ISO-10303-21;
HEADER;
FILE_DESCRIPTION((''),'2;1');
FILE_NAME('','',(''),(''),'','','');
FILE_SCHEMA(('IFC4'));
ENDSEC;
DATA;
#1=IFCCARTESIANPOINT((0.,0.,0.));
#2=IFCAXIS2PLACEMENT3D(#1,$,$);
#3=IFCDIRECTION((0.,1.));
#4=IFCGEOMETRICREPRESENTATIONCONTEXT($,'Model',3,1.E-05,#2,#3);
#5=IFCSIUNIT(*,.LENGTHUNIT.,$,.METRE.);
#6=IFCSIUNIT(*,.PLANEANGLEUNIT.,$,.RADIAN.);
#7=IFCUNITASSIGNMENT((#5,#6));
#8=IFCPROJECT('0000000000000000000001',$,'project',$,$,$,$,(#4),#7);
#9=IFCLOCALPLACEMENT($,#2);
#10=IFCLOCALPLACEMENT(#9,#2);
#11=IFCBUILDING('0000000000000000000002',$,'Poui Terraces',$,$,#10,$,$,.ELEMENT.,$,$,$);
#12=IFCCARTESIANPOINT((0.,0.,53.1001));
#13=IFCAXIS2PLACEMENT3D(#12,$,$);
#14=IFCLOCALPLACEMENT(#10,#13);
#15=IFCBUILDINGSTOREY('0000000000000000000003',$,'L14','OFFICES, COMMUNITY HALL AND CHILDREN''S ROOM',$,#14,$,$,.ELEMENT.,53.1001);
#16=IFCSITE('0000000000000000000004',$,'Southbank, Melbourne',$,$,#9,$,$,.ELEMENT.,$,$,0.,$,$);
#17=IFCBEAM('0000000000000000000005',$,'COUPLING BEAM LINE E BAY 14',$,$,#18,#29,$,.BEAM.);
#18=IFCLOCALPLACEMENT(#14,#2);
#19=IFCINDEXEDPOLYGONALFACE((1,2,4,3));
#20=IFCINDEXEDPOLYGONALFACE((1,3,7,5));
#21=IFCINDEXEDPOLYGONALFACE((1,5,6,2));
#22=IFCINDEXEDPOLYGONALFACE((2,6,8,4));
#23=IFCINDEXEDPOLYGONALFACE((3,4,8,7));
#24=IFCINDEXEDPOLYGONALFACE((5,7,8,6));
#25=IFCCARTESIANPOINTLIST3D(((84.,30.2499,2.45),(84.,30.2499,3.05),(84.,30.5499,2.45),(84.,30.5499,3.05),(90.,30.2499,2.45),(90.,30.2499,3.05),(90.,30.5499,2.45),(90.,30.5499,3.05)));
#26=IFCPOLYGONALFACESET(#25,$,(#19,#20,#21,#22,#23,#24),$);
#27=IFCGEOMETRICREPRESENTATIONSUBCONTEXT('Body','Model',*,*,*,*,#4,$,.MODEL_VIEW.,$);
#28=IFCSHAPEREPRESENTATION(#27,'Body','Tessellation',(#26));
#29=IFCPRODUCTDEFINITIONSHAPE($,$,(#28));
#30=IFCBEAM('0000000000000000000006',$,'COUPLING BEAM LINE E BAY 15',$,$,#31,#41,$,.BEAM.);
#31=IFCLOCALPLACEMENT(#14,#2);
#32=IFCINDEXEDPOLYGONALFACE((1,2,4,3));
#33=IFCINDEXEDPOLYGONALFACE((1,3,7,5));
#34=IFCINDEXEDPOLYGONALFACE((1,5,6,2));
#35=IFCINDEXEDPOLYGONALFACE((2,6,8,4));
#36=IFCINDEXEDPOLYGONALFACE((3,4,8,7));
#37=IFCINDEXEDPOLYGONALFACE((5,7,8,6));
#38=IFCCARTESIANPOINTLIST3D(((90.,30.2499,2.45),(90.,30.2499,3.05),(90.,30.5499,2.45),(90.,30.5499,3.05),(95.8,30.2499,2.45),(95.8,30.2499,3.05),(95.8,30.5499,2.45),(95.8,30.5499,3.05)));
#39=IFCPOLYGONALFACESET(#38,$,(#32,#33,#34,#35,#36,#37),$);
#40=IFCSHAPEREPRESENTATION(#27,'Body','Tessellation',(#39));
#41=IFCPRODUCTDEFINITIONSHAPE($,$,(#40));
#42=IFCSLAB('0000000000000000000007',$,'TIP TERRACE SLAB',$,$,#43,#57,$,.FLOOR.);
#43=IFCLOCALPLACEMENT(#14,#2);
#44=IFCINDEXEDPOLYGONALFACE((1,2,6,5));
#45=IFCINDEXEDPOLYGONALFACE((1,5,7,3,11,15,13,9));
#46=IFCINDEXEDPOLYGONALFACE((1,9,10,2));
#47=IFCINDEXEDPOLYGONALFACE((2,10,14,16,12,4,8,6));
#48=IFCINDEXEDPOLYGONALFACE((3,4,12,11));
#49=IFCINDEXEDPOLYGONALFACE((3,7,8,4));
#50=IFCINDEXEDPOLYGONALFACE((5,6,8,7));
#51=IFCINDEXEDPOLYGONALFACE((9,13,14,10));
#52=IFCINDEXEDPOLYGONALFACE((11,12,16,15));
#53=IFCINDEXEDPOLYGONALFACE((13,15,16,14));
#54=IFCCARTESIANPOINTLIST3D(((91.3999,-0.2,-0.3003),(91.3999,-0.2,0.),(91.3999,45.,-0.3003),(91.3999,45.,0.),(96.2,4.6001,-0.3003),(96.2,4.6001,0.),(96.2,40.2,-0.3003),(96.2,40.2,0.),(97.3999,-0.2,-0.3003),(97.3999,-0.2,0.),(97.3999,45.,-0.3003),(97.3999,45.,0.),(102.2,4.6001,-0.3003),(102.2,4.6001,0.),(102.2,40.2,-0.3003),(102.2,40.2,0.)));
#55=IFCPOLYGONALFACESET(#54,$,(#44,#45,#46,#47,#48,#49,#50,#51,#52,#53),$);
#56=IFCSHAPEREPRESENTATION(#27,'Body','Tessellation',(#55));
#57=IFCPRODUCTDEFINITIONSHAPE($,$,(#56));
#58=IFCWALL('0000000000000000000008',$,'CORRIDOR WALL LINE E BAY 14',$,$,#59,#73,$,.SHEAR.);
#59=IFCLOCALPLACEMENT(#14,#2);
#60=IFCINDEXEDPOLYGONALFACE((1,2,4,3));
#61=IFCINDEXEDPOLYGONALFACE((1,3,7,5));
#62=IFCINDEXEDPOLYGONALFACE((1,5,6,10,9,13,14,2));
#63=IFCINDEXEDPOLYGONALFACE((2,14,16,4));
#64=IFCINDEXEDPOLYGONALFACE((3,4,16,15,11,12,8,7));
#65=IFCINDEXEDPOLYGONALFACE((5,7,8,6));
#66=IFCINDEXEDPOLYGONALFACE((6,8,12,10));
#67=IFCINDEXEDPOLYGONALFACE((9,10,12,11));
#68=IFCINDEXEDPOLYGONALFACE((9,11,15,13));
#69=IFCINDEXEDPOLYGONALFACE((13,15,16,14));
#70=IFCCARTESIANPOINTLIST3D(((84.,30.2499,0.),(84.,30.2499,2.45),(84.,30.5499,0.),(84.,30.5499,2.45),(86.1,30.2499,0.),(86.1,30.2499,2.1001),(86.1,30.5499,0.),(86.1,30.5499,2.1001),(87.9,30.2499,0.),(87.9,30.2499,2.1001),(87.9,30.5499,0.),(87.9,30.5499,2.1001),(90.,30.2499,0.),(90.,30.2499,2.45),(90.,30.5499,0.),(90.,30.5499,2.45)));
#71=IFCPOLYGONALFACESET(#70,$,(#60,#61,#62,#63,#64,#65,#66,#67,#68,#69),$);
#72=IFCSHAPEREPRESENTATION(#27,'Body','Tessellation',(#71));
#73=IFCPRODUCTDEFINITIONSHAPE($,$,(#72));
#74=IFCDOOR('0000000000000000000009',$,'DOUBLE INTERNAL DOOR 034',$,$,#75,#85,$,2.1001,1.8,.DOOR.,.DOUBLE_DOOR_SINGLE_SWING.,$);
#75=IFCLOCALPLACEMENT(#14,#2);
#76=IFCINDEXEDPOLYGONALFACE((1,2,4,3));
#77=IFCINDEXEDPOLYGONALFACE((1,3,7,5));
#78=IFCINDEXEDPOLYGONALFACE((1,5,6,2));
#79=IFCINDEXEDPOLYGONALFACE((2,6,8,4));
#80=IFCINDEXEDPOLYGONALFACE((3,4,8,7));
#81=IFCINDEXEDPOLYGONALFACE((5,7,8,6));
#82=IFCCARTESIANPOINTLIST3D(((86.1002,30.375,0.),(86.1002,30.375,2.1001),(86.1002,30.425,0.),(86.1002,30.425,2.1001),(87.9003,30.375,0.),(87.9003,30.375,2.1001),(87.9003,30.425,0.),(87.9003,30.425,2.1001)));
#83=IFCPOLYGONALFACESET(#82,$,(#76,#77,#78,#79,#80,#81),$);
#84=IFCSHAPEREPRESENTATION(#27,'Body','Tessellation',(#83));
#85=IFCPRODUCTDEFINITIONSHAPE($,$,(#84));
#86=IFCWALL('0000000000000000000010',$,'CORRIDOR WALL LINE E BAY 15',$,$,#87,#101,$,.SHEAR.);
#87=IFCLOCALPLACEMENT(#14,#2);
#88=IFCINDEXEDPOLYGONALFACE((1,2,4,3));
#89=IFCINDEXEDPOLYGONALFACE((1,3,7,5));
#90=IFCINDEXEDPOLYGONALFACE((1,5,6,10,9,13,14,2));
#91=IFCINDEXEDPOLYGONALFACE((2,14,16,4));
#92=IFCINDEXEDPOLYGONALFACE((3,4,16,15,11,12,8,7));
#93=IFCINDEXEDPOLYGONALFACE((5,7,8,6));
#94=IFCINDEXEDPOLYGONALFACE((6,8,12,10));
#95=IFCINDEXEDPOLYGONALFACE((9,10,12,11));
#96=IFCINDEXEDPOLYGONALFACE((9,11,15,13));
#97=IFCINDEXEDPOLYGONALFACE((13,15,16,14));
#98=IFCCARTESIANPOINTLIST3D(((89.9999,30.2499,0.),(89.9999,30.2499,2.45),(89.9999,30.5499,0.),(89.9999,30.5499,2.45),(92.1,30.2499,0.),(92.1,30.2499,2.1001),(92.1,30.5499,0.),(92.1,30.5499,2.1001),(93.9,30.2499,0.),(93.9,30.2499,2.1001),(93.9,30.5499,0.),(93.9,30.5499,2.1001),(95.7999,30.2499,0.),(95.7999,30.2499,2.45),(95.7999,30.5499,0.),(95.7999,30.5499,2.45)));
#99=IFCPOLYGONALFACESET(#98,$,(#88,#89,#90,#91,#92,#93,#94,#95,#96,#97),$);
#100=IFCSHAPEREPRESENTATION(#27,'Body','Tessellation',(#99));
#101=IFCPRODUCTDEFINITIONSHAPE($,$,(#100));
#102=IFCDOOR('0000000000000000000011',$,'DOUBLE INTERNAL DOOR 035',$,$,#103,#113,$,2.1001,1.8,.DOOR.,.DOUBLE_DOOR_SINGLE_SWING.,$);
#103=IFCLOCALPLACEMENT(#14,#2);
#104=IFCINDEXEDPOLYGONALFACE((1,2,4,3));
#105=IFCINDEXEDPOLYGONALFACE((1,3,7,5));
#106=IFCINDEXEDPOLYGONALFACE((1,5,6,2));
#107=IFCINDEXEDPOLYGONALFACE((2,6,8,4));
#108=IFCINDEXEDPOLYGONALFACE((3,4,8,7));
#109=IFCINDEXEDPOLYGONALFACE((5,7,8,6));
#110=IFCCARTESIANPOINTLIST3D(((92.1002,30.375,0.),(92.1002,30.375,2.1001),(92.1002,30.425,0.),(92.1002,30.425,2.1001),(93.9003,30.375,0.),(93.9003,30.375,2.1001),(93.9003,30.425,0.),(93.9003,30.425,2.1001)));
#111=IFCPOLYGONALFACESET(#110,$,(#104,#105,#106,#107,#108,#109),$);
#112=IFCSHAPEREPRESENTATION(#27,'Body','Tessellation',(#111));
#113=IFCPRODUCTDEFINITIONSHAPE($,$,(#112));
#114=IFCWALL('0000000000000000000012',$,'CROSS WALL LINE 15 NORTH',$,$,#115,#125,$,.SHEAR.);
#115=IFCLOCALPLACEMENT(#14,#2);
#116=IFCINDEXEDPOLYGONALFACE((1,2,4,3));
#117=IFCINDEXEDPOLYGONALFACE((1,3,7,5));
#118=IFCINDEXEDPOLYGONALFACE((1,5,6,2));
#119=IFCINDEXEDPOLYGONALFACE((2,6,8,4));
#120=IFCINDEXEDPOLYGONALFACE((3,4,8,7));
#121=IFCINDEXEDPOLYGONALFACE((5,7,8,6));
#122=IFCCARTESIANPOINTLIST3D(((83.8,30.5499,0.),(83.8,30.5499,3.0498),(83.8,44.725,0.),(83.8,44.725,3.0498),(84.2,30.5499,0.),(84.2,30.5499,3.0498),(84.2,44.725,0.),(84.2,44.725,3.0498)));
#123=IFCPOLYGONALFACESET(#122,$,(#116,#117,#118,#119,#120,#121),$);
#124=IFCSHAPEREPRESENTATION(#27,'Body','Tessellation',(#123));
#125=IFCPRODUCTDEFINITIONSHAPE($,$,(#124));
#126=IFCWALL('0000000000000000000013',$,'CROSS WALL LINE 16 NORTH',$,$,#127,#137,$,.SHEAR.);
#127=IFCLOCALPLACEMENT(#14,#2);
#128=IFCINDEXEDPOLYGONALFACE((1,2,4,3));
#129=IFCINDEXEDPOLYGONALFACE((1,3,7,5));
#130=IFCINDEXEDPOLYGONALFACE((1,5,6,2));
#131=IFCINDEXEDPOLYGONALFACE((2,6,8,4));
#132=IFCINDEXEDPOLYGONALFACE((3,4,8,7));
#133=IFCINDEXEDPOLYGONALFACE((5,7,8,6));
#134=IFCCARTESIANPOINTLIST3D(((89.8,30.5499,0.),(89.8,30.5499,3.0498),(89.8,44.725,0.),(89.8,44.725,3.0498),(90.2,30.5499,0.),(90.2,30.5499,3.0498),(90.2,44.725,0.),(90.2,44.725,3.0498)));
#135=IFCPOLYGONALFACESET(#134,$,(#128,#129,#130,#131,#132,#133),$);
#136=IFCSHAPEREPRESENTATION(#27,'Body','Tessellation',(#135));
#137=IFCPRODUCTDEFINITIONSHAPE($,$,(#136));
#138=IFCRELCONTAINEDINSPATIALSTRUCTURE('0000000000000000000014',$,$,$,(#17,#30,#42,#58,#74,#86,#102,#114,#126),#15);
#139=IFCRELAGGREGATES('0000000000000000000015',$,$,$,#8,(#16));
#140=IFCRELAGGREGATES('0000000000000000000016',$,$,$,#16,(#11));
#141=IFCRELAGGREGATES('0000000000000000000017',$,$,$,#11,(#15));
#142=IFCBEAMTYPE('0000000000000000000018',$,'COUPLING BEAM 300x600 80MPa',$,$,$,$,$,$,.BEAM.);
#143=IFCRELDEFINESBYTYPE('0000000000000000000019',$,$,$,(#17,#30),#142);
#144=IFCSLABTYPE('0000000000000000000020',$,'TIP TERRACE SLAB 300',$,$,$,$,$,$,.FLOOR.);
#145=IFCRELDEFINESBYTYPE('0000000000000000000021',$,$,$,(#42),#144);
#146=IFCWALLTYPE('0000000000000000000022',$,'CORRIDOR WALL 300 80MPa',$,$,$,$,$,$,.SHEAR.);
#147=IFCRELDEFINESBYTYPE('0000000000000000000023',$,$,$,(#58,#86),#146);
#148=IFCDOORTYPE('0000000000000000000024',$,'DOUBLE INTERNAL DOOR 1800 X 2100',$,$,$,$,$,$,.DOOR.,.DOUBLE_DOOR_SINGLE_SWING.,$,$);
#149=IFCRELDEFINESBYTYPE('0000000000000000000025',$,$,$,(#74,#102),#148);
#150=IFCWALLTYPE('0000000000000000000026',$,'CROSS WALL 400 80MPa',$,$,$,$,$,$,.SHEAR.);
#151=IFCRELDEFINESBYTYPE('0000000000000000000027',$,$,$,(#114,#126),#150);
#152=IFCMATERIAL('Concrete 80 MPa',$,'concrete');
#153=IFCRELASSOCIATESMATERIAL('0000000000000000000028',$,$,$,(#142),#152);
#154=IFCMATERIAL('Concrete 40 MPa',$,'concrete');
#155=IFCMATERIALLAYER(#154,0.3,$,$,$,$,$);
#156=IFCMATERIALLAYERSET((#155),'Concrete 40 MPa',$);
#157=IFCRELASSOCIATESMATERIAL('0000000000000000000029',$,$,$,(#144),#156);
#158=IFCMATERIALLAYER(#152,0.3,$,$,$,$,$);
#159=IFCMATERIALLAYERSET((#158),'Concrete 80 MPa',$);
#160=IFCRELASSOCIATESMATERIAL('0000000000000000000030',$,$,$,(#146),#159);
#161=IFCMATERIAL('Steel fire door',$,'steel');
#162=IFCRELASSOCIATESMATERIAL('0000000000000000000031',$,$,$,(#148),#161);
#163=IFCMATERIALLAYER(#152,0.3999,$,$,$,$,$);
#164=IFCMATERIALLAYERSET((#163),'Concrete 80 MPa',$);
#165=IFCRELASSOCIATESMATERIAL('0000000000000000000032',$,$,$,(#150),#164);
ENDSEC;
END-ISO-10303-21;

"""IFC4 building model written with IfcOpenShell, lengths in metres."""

from ifc_helpers import new_model, si_unit, direction, frame, frame_2d, origin, origin_2d, place, context, subcontext, project, spatial, polyline, rectangle, outline, extrude, source, transform, mapped, material, layer, layer_set, material_profile, profile_set, type_object, element, fill, save


model = new_model("IFC4")

# Units and contexts
model_context = context("Model", 3, precision=1e-05, world=origin(), true_north=direction((0.0, 1.0)))
body_context = subcontext(model_context, "Body", "Model", "MODEL_VIEW")
ifc_project = project(units=[si_unit("LENGTHUNIT", "METRE"), si_unit("PLANEANGLEUNIT", "RADIAN")], contexts=[model_context])

# Site, building, storey
site_placement = place(None, origin())
site = spatial("IfcSite", under=ifc_project, at=site_placement, Name="Southbank, Melbourne", CompositionType="ELEMENT", RefElevation=0.0)
building_placement = place(site_placement, origin())
building = spatial("IfcBuilding", under=site, at=building_placement, Name="Poui Terraces", CompositionType="ELEMENT")
storey_placement = place(building_placement, frame((0.0, 0.0, 53.1001)))
storey = spatial("IfcBuildingStorey", under=building, at=storey_placement, Name="L14", Description="OFFICES, COMMUNITY HALL AND CHILDREN'S ROOM", CompositionType="ELEMENT", Elevation=53.1001)

# Beams
ifc_material_1 = material(Name="Concrete 80 MPa", Category="concrete")
ifc_material_profile = material_profile(ifc_material_1, rectangle(XDim=0.3, YDim=0.6001, at=origin_2d()), Name="RC 300x600")
ifc_profile_set = profile_set([ifc_material_profile], Name="Concrete 80 MPa")
beam_type = type_object("IfcBeamType", Name="COUPLING BEAM 300x600 80MPa", PredefinedType="BEAM", material=ifc_profile_set)
shared_shape_1 = source(origin(), body_context, "Body", "SweptSolid", [
    extrude(rectangle(XDim=0.3, YDim=0.6001, at=origin_2d()), origin(), (0.0, 0.0, 1.0), 6.0),
])
beam_1_placement = place(storey_placement, frame((84.0, 30.3999, 2.75), z_axis=(1.0, 0.0, 0.0), x_axis=(0.0, 1.0, 0.0)))
element("IfcBeam", 1, at=beam_1_placement, inside=storey, type_object=beam_type, Name="COUPLING BEAM LINE E BAY 14", PredefinedType="BEAM", context=body_context, shape_type="MappedRepresentation", body=[
    mapped(shared_shape_1, transform((0.0, 0.0, 0.0))),
])
shared_shape_2 = source(origin(), body_context, "Body", "SweptSolid", [
    extrude(rectangle(XDim=0.3, YDim=0.6001, at=origin_2d()), origin(), (0.0, 0.0, 1.0), 5.8),
])
beam_2_placement = place(storey_placement, frame((90.0, 30.3999, 2.75), z_axis=(1.0, 0.0, 0.0), x_axis=(0.0, 1.0, 0.0)))
element("IfcBeam", 2, at=beam_2_placement, inside=storey, type_object=beam_type, Name="COUPLING BEAM LINE E BAY 15", PredefinedType="BEAM", context=body_context, shape_type="MappedRepresentation", body=[
    mapped(shared_shape_2, transform((0.0, 0.0, 0.0))),
])

# Slab
ifc_material_2 = material(Name="Concrete 40 MPa", Category="concrete")
ifc_layer_1 = layer(ifc_material_2, 0.3)
ifc_layer_set_1 = layer_set([ifc_layer_1], Name="Concrete 40 MPa")
slab_type = type_object("IfcSlabType", Name="TIP TERRACE SLAB 300", PredefinedType="FLOOR", material=ifc_layer_set_1)
shared_shape_3 = source(origin(), body_context, "Body", "SweptSolid", [
    extrude(outline(polyline([(0.0, 0.0), (-6.0, 0.0), (-1.2, -4.8), (-1.2, -40.3999), (-6.0, -45.2), (0.0, -45.2), (4.8, -40.3999), (4.8, -4.8), (0.0, 0.0)])), origin(), (0.0, 0.0, 1.0), 0.3003),
])
slab_placement = place(storey_placement, frame((97.3999, 45.0, -0.3003)))
element("IfcSlab", 3, at=slab_placement, inside=storey, type_object=slab_type, Name="TIP TERRACE SLAB", PredefinedType="FLOOR", context=body_context, shape_type="MappedRepresentation", body=[
    mapped(shared_shape_3, transform((0.0, 0.0, 0.0))),
])

# Walls, openings, doors
ifc_layer_2 = layer(ifc_material_1, 0.3)
ifc_layer_set_2 = layer_set([ifc_layer_2], Name="Concrete 80 MPa")
wall_type_1 = type_object("IfcWallType", Name="CORRIDOR WALL 300 80MPa", PredefinedType="SHEAR", material=ifc_layer_set_2)
wall_1_placement = place(storey_placement, frame((84.0, 30.3999, 0.0), z_axis=(0.0, 0.0, 1.0), x_axis=(1.0, 0.0, 0.0)))
wall_1 = element("IfcWall", 4, at=wall_1_placement, inside=storey, type_object=wall_type_1, Name="CORRIDOR WALL LINE E BAY 14", PredefinedType="SHEAR", context=body_context, shape_type="SweptSolid", body=[
    extrude(rectangle(XDim=6.0, YDim=0.3, at=frame_2d((3.0, 0.0))), origin(), (0.0, 0.0, 1.0), 2.45),
])
opening_1_placement = place(wall_1_placement, frame((2.1001, 0.0, 0.0)))
opening_1 = element("IfcOpeningElement", 5, at=opening_1_placement, cuts=wall_1, PredefinedType="OPENING", context=body_context, shape_type="SweptSolid", body=[
    extrude(rectangle(XDim=1.8, YDim=2.1001, at=frame_2d((0.8999, 1.05))), frame((0.0, 0.1602, 0.0), z_axis=(0.0, -1.0, 0.0), x_axis=(1.0, 0.0, 0.0)), (0.0, 0.0, 1.0), 0.3201),
])
ifc_material_3 = material(Name="Steel fire door", Category="steel")
door_type = type_object("IfcDoorType", Name="DOUBLE INTERNAL DOOR 1800 X 2100", OperationType="DOUBLE_DOOR_SINGLE_SWING", PredefinedType="DOOR", material=ifc_material_3)
door_1_placement = place(opening_1_placement, frame((1.8, 0.0, 0.0), z_axis=(0.0, 0.0, 1.0), x_axis=(-1.0, 0.0, 0.0)))
door_1 = element("IfcDoor", 6, at=door_1_placement, inside=storey, type_object=door_type, Name="DOUBLE INTERNAL DOOR 034", OperationType="DOUBLE_DOOR_SINGLE_SWING", OverallHeight=2.1001, OverallWidth=1.8, PredefinedType="DOOR", context=body_context, shape_type="SweptSolid", body=[
    extrude(rectangle(XDim=1.8, YDim=2.1001, at=frame_2d((0.8999, 1.05))), frame((0.0, 0.0249, 0.0), z_axis=(0.0, -1.0, 0.0), x_axis=(1.0, 0.0, 0.0)), (0.0, 0.0, 1.0), 0.05),
])
fill(opening_1, door_1)
wall_2_placement = place(storey_placement, frame((90.0, 30.3999, 0.0), z_axis=(0.0, 0.0, 1.0), x_axis=(1.0, 0.0, 0.0)))
wall_2 = element("IfcWall", 7, at=wall_2_placement, inside=storey, type_object=wall_type_1, Name="CORRIDOR WALL LINE E BAY 15", PredefinedType="SHEAR", context=body_context, shape_type="SweptSolid", body=[
    extrude(rectangle(XDim=5.8, YDim=0.3, at=frame_2d((2.8999, 0.0))), origin(), (0.0, 0.0, 1.0), 2.45),
])
opening_2_placement = place(wall_2_placement, frame((2.1001, 0.0, 0.0)))
opening_2 = element("IfcOpeningElement", 8, at=opening_2_placement, cuts=wall_2, PredefinedType="OPENING", context=body_context, shape_type="SweptSolid", body=[
    extrude(rectangle(XDim=1.8, YDim=2.1001, at=frame_2d((0.8999, 1.05))), frame((0.0, 0.1602, 0.0), z_axis=(0.0, -1.0, 0.0), x_axis=(1.0, 0.0, 0.0)), (0.0, 0.0, 1.0), 0.3201),
])
door_2_placement = place(opening_2_placement, frame((1.8, 0.0, 0.0), z_axis=(0.0, 0.0, 1.0), x_axis=(-1.0, 0.0, 0.0)))
door_2 = element("IfcDoor", 9, at=door_2_placement, inside=storey, type_object=door_type, Name="DOUBLE INTERNAL DOOR 035", OperationType="DOUBLE_DOOR_SINGLE_SWING", OverallHeight=2.1001, OverallWidth=1.8, PredefinedType="DOOR", context=body_context, shape_type="SweptSolid", body=[
    extrude(rectangle(XDim=1.8, YDim=2.1001, at=frame_2d((0.8999, 1.05))), frame((0.0, 0.0249, 0.0), z_axis=(0.0, -1.0, 0.0), x_axis=(1.0, 0.0, 0.0)), (0.0, 0.0, 1.0), 0.05),
])
fill(opening_2, door_2)

# Walls
ifc_layer_3 = layer(ifc_material_1, 0.3999)
ifc_layer_set_3 = layer_set([ifc_layer_3], Name="Concrete 80 MPa")
wall_type_2 = type_object("IfcWallType", Name="CROSS WALL 400 80MPa", PredefinedType="SHEAR", material=ifc_layer_set_3)
for number, where, z_axis, x_axis, name in (
    (10, (84.0, 30.55, 0.0), (0.0, 0.0, 1.0), (0.0, 1.0, 0.0), "CROSS WALL LINE 15 NORTH"),
    (11, (90.0, 30.55, 0.0), (0.0, 0.0, 1.0), (0.0, 1.0, 0.0), "CROSS WALL LINE 16 NORTH"),
):
    element("IfcWall", number, at=place(storey_placement, frame(where, z_axis=z_axis, x_axis=x_axis)), inside=storey, type_object=wall_type_2, Name=name, PredefinedType="SHEAR", context=body_context, shape_type="SweptSolid", body=[
        extrude(rectangle(XDim=14.175, YDim=0.3999, at=frame_2d((7.0874, 0.0))), origin(), (0.0, 0.0, 1.0), 3.0498),
    ])

save(model, "model.ifc")
